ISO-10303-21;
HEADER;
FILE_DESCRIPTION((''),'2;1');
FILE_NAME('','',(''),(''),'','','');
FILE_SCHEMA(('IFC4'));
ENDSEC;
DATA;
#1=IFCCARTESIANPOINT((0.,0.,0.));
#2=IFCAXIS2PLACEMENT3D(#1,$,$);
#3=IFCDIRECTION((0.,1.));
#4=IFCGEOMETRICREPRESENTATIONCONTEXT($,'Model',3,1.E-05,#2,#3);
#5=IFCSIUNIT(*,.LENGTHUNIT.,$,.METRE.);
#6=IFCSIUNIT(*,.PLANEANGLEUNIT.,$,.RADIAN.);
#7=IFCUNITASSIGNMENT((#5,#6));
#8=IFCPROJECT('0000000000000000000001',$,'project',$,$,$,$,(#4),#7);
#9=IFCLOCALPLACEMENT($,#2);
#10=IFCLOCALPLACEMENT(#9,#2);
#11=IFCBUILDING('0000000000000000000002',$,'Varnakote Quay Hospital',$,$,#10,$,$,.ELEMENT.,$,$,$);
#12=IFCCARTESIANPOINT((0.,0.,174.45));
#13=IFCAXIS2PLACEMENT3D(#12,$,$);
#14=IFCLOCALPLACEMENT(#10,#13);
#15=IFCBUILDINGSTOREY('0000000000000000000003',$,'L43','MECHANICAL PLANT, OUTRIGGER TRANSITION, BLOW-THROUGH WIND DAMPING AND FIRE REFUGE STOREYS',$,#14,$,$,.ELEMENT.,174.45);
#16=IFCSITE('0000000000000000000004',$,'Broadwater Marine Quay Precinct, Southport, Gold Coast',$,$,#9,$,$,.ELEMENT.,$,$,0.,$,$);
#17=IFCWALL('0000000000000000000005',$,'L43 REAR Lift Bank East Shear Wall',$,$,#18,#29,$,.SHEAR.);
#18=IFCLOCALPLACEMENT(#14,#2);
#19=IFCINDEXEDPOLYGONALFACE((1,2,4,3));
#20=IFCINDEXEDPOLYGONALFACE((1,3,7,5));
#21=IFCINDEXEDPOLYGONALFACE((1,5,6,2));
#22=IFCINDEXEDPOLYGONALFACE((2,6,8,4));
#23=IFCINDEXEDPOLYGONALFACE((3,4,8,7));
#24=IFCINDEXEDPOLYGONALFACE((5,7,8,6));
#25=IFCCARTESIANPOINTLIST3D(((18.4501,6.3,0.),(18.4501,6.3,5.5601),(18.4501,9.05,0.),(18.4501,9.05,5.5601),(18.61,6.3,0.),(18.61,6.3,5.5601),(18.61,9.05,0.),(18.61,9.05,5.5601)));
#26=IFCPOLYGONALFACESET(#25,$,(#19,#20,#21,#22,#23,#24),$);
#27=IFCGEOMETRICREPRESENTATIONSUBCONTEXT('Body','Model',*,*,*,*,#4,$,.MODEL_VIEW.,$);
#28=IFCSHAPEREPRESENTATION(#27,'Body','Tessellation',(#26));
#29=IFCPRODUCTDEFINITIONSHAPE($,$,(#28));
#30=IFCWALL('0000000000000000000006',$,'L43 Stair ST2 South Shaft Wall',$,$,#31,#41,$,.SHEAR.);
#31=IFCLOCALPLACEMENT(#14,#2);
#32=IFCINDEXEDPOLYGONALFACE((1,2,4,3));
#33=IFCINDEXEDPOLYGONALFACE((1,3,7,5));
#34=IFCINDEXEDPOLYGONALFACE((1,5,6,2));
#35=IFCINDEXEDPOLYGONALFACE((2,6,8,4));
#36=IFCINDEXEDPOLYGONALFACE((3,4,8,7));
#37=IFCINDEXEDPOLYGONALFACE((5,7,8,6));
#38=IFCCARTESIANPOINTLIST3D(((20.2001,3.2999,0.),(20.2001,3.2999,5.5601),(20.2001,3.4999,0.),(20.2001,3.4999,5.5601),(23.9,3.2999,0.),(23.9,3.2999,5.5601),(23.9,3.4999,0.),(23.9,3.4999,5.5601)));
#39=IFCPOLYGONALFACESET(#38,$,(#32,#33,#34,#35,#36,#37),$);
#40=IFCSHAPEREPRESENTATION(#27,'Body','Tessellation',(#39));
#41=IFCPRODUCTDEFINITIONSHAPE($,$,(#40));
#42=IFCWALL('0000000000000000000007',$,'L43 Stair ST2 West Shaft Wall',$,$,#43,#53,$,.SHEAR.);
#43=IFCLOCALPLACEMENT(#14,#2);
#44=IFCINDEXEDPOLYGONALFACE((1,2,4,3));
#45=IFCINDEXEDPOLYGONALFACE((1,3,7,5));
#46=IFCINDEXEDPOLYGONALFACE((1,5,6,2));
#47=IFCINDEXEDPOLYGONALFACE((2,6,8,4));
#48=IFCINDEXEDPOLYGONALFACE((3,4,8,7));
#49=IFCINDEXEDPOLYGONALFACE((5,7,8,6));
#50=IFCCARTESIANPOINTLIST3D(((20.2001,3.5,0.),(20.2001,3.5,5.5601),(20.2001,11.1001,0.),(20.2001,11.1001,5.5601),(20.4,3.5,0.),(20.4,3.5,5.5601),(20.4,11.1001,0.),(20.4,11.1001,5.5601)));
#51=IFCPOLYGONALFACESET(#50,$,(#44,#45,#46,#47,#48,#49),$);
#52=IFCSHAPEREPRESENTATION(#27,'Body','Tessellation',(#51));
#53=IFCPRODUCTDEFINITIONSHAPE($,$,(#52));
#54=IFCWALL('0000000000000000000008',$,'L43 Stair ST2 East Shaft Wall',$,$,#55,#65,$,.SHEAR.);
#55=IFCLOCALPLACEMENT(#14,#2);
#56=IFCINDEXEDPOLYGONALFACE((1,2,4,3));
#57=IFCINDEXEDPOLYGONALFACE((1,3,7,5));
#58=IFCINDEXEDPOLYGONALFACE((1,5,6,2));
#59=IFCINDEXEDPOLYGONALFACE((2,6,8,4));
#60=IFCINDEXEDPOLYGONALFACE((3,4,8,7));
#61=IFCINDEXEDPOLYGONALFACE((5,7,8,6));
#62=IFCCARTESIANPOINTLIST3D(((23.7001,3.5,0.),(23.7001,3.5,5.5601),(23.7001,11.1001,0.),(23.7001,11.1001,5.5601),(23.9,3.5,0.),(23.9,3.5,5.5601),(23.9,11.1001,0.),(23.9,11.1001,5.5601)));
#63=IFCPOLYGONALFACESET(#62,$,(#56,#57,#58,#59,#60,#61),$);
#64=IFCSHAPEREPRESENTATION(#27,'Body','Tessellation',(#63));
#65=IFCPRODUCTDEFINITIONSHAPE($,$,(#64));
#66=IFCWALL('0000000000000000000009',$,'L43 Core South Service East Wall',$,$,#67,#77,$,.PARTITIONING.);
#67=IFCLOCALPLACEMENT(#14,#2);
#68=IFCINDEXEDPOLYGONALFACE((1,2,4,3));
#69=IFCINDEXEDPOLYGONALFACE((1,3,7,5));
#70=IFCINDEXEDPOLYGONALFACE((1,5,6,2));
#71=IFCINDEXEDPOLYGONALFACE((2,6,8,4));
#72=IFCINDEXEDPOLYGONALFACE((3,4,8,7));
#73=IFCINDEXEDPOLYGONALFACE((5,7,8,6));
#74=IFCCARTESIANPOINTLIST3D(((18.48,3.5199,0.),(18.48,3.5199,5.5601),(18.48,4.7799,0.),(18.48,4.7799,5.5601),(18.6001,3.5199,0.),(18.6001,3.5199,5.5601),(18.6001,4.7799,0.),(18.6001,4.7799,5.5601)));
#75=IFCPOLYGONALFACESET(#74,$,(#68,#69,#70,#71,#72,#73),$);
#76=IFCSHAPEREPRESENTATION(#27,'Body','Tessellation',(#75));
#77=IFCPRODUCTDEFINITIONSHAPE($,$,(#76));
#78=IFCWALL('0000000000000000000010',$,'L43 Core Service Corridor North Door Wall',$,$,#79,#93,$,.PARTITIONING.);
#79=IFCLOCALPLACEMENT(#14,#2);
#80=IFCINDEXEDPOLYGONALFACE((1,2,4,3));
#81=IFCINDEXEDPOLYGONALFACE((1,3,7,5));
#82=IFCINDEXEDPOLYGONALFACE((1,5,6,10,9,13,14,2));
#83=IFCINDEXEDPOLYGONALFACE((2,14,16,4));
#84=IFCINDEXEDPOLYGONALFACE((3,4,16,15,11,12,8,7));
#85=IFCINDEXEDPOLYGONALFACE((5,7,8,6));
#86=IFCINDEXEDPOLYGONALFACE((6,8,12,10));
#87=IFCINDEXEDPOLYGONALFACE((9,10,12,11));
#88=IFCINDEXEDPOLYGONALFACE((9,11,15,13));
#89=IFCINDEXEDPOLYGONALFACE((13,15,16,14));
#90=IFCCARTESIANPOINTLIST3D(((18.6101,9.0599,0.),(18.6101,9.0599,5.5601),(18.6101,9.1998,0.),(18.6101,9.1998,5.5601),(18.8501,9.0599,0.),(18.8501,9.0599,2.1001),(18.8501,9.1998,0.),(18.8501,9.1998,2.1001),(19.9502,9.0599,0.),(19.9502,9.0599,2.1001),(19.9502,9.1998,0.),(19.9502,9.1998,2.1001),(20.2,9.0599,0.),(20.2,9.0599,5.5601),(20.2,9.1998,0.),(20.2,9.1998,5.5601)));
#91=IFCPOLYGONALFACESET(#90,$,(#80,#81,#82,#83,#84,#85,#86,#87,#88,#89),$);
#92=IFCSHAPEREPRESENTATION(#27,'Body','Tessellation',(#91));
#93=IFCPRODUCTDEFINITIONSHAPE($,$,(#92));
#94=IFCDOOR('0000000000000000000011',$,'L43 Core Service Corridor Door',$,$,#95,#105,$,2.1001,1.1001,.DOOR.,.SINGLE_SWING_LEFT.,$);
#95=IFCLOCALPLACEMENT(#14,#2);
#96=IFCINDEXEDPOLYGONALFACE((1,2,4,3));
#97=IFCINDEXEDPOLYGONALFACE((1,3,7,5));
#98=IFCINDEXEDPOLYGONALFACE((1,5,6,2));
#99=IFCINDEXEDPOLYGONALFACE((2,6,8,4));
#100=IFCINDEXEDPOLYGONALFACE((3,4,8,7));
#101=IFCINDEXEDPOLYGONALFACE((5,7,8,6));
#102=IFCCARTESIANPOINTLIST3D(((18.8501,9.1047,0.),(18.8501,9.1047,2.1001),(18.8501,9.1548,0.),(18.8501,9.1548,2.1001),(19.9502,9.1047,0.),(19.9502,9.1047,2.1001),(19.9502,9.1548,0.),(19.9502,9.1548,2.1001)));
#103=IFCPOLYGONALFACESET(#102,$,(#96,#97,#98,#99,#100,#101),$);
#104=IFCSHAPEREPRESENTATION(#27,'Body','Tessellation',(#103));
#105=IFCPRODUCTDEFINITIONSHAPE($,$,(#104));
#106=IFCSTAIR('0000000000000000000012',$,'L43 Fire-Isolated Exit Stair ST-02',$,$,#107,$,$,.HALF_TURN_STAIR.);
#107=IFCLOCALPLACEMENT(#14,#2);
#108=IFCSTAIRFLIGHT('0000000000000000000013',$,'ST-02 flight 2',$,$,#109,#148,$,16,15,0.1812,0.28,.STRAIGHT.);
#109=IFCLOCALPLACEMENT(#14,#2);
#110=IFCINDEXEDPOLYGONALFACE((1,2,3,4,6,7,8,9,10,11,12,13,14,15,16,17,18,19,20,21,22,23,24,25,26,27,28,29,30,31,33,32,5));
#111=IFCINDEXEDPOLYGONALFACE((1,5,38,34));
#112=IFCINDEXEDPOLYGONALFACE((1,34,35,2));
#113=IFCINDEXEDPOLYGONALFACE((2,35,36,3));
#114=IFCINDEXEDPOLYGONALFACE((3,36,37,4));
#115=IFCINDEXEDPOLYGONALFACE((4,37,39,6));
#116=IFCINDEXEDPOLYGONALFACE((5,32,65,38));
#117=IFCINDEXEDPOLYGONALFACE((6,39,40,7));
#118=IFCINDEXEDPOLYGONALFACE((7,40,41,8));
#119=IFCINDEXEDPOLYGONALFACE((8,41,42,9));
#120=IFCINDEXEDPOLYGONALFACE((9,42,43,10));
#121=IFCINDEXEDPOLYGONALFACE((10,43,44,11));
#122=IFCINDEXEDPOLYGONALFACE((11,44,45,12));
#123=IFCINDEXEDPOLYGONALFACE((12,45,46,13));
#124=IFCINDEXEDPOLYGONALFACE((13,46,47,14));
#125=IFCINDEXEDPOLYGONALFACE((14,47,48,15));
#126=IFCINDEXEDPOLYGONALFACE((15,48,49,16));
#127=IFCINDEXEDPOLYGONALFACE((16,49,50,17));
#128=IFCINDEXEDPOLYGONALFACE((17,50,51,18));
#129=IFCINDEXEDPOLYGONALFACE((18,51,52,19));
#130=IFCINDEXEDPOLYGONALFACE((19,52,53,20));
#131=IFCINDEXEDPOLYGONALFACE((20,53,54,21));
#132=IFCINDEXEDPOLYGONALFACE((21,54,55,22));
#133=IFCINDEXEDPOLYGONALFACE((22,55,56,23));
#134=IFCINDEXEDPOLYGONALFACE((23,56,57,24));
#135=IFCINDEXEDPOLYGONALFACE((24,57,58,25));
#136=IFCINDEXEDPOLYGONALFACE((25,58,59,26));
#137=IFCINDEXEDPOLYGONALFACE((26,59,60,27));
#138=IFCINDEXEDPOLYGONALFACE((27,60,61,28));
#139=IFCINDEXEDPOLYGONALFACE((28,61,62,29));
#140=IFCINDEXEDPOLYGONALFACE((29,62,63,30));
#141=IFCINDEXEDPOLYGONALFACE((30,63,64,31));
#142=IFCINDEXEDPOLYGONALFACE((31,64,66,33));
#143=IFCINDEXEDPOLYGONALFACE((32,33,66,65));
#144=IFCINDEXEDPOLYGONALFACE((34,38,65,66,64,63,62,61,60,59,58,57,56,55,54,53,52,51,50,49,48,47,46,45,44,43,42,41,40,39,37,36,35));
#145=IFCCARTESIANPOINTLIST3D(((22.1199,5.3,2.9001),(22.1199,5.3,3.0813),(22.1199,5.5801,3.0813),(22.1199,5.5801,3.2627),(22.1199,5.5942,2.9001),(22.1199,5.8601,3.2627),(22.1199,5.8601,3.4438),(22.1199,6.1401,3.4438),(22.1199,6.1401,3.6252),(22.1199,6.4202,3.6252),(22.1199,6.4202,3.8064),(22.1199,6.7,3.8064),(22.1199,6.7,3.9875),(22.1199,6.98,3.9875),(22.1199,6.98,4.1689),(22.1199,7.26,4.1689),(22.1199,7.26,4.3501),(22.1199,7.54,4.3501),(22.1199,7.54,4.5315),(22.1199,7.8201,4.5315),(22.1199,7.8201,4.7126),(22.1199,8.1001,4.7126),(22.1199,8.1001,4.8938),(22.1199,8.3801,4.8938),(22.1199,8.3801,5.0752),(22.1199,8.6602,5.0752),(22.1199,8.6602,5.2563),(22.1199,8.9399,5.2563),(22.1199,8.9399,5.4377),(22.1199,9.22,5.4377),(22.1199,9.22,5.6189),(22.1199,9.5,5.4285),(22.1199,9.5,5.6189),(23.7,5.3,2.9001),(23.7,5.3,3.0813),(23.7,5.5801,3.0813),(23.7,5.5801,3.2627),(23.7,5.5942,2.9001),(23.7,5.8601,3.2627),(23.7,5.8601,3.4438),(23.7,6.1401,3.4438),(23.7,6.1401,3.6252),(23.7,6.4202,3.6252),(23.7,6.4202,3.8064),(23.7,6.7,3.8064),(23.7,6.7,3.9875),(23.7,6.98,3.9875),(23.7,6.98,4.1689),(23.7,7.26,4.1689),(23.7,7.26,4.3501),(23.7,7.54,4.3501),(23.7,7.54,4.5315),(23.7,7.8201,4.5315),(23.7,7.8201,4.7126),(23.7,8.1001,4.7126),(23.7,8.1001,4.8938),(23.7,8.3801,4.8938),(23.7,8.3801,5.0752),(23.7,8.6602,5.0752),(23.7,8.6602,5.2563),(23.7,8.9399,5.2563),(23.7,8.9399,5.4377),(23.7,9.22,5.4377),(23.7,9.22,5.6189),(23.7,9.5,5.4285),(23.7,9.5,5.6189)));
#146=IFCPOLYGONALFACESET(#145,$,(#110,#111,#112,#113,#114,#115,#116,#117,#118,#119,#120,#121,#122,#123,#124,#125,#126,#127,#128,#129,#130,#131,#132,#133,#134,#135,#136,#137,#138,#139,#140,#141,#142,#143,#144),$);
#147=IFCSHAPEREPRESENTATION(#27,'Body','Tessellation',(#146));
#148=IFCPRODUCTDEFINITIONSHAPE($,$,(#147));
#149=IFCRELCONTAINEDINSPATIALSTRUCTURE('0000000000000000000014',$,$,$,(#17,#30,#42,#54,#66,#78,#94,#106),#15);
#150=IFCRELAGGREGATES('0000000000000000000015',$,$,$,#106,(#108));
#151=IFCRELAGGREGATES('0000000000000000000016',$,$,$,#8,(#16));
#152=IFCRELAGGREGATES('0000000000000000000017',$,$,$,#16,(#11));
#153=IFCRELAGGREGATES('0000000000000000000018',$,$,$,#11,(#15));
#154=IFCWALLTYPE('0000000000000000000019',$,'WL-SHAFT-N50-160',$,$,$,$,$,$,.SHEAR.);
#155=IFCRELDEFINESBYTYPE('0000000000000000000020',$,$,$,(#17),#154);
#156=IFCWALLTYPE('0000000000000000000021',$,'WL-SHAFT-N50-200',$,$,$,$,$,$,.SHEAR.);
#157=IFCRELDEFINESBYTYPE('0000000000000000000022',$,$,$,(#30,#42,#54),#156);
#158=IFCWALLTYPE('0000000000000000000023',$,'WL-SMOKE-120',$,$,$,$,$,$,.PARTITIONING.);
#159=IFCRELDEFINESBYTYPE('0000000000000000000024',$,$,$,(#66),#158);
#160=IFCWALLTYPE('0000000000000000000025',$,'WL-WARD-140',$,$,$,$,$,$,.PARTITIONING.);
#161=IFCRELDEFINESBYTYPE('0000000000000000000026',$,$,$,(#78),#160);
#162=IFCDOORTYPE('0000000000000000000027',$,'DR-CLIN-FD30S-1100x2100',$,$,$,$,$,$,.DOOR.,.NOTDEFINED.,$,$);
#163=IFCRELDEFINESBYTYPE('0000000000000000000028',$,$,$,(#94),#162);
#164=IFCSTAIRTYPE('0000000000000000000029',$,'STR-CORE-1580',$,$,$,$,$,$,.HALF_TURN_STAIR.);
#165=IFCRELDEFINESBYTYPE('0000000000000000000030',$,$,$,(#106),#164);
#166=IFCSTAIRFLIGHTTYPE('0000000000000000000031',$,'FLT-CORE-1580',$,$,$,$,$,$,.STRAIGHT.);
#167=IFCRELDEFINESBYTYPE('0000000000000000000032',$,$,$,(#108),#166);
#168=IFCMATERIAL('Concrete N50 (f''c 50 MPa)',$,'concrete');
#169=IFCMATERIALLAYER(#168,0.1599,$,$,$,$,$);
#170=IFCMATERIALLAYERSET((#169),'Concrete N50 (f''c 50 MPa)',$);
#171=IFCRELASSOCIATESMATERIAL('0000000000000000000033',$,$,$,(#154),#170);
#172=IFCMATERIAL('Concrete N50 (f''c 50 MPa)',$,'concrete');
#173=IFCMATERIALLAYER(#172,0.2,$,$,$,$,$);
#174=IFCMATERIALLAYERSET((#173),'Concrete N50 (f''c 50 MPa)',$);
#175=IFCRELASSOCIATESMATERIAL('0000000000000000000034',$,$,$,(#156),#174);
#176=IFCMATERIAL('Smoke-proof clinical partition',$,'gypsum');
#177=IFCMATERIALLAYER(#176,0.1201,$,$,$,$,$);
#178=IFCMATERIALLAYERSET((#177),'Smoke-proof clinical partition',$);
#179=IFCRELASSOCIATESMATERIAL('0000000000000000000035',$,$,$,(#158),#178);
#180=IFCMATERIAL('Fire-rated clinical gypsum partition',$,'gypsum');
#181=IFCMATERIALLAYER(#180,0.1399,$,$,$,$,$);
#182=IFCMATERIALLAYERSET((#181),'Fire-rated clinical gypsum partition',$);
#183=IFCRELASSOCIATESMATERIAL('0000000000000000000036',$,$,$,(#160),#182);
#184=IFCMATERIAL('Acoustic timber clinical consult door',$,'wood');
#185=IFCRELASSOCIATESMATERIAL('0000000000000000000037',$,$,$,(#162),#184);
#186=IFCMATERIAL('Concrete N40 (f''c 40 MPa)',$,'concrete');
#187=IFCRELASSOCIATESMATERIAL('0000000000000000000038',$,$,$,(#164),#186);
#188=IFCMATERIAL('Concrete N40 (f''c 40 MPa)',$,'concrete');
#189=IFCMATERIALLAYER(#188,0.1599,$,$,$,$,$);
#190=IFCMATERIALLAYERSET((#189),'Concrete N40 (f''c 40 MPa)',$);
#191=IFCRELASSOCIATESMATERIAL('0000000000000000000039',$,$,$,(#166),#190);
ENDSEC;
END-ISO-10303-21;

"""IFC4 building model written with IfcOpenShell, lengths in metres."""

from ifc_helpers import new_model, si_unit, direction, frame, frame_2d, origin, place, context, subcontext, project, spatial, polyline, rectangle, outline, extrude, material, layer, layer_set, type_object, element, fill, aggregate, save


model = new_model("IFC4")

# Units and contexts
model_context = context("Model", 3, precision=1e-05, world=origin(), true_north=direction((0.0, 1.0)))
body_context = subcontext(model_context, "Body", "Model", "MODEL_VIEW")
ifc_project = project(units=[si_unit("LENGTHUNIT", "METRE"), si_unit("PLANEANGLEUNIT", "RADIAN")], contexts=[model_context])

# Site, building, storey
site_placement = place(None, origin())
site = spatial("IfcSite", under=ifc_project, at=site_placement, Name="Broadwater Marine Quay Precinct, Southport, Gold Coast", CompositionType="ELEMENT", RefElevation=0.0)
building_placement = place(site_placement, origin())
building = spatial("IfcBuilding", under=site, at=building_placement, Name="Varnakote Quay Hospital", CompositionType="ELEMENT")
storey_placement = place(building_placement, frame((0.0, 0.0, 174.45)))
storey = spatial("IfcBuildingStorey", under=building, at=storey_placement, Name="L43", Description="MECHANICAL PLANT, OUTRIGGER TRANSITION, BLOW-THROUGH WIND DAMPING AND FIRE REFUGE STOREYS", CompositionType="ELEMENT", Elevation=174.45)

# Walls
ifc_material_1 = material(Name="Concrete N50 (f'c 50 MPa)", Category="concrete")
ifc_layer_1 = layer(ifc_material_1, 0.1599)
ifc_layer_set_1 = layer_set([ifc_layer_1], Name="Concrete N50 (f'c 50 MPa)")
wall_type_1 = type_object("IfcWallType", Name="WL-SHAFT-N50-160", PredefinedType="SHEAR", material=ifc_layer_set_1)
wall_1_placement = place(storey_placement, frame((18.53, 6.3, 0.0), z_axis=(0.0, 0.0, 1.0), x_axis=(0.0, 1.0, 0.0)))
element("IfcWall", 1, at=wall_1_placement, inside=storey, type_object=wall_type_1, Name="L43 REAR Lift Bank East Shear Wall", PredefinedType="SHEAR", context=body_context, shape_type="SweptSolid", body=[
    extrude(rectangle(XDim=2.75, YDim=0.1599, at=frame_2d((1.375, 0.0))), origin(), (0.0, 0.0, 1.0), 5.5601),
])
ifc_material_2 = material(Name="Concrete N50 (f'c 50 MPa)", Category="concrete")
ifc_layer_2 = layer(ifc_material_2, 0.2)
ifc_layer_set_2 = layer_set([ifc_layer_2], Name="Concrete N50 (f'c 50 MPa)")
wall_type_2 = type_object("IfcWallType", Name="WL-SHAFT-N50-200", PredefinedType="SHEAR", material=ifc_layer_set_2)
wall_2_placement = place(storey_placement, frame((20.2, 3.3999, 0.0), z_axis=(0.0, 0.0, 1.0), x_axis=(1.0, 0.0, 0.0)))
element("IfcWall", 2, at=wall_2_placement, inside=storey, type_object=wall_type_2, Name="L43 Stair ST2 South Shaft Wall", PredefinedType="SHEAR", context=body_context, shape_type="SweptSolid", body=[
    extrude(rectangle(XDim=3.7, YDim=0.2, at=frame_2d((1.8501, 0.0))), origin(), (0.0, 0.0, 1.0), 5.5601),
])
for number, where, z_axis, x_axis, name in (
    (3, (20.3, 3.5, 0.0), (0.0, 0.0, 1.0), (0.0, 1.0, 0.0), "L43 Stair ST2 West Shaft Wall"),
    (4, (23.8, 3.5, 0.0), (0.0, 0.0, 1.0), (0.0, 1.0, 0.0), "L43 Stair ST2 East Shaft Wall"),
):
    element("IfcWall", number, at=place(storey_placement, frame(where, z_axis=z_axis, x_axis=x_axis)), inside=storey, type_object=wall_type_2, Name=name, PredefinedType="SHEAR", context=body_context, shape_type="SweptSolid", body=[
        extrude(rectangle(XDim=7.6001, YDim=0.2, at=frame_2d((3.8, 0.0))), origin(), (0.0, 0.0, 1.0), 5.5601),
    ])
ifc_material_3 = material(Name="Smoke-proof clinical partition", Category="gypsum")
ifc_layer_3 = layer(ifc_material_3, 0.1201)
ifc_layer_set_3 = layer_set([ifc_layer_3], Name="Smoke-proof clinical partition")
wall_type_3 = type_object("IfcWallType", Name="WL-SMOKE-120", PredefinedType="PARTITIONING", material=ifc_layer_set_3)
wall_3_placement = place(storey_placement, frame((18.54, 3.52, 0.0), z_axis=(0.0, 0.0, 1.0), x_axis=(0.0, 1.0, 0.0)))
element("IfcWall", 5, at=wall_3_placement, inside=storey, type_object=wall_type_3, Name="L43 Core South Service East Wall", PredefinedType="PARTITIONING", context=body_context, shape_type="SweptSolid", body=[
    extrude(rectangle(XDim=1.26, YDim=0.1201, at=frame_2d((0.6299, 0.0))), origin(), (0.0, 0.0, 1.0), 5.5601),
])

# Wall, opening, door
ifc_material_4 = material(Name="Fire-rated clinical gypsum partition", Category="gypsum")
ifc_layer_4 = layer(ifc_material_4, 0.1399)
ifc_layer_set_4 = layer_set([ifc_layer_4], Name="Fire-rated clinical gypsum partition")
wall_type_4 = type_object("IfcWallType", Name="WL-WARD-140", PredefinedType="PARTITIONING", material=ifc_layer_set_4)
wall_4_placement = place(storey_placement, frame((18.6101, 9.1299, 0.0), z_axis=(0.0, 0.0, 1.0), x_axis=(1.0, 0.0, 0.0)))
wall_4 = element("IfcWall", 6, at=wall_4_placement, inside=storey, type_object=wall_type_4, Name="L43 Core Service Corridor North Door Wall", PredefinedType="PARTITIONING", context=body_context, shape_type="SweptSolid", body=[
    extrude(rectangle(XDim=1.5898, YDim=0.1399, at=frame_2d((0.7949, 0.0))), origin(), (0.0, 0.0, 1.0), 5.5601),
])
opening_placement = place(wall_4_placement, frame((0.24, 0.0, 0.0)))
opening = element("IfcOpeningElement", 7, at=opening_placement, cuts=wall_4, PredefinedType="OPENING", context=body_context, shape_type="SweptSolid", body=[
    extrude(rectangle(XDim=1.1001, YDim=2.1001, at=frame_2d((0.55, 1.05))), frame((0.0, 0.0798, 0.0), z_axis=(0.0, -1.0, 0.0), x_axis=(1.0, 0.0, 0.0)), (0.0, 0.0, 1.0), 0.1599),
])
ifc_material_5 = material(Name="Acoustic timber clinical consult door", Category="wood")
door_type = type_object("IfcDoorType", Name="DR-CLIN-FD30S-1100x2100", OperationType="NOTDEFINED", PredefinedType="DOOR", material=ifc_material_5)
door_placement = place(opening_placement, origin())
door = element("IfcDoor", 8, at=door_placement, inside=storey, type_object=door_type, Name="L43 Core Service Corridor Door", OperationType="SINGLE_SWING_LEFT", OverallHeight=2.1001, OverallWidth=1.1001, PredefinedType="DOOR", context=body_context, shape_type="SweptSolid", body=[
    extrude(rectangle(XDim=1.1001, YDim=2.1001, at=frame_2d((0.55, 1.05))), frame((0.0, 0.0249, 0.0), z_axis=(0.0, -1.0, 0.0), x_axis=(1.0, 0.0, 0.0)), (0.0, 0.0, 1.0), 0.05),
])
fill(opening, door)

# Stair, stair flight
ifc_material_6 = material(Name="Concrete N40 (f'c 40 MPa)", Category="concrete")
stair_type = type_object("IfcStairType", Name="STR-CORE-1580", PredefinedType="HALF_TURN_STAIR", material=ifc_material_6)
stair_placement = place(storey_placement, origin())
stair = element("IfcStair", 9, at=stair_placement, inside=storey, type_object=stair_type, Name="L43 Fire-Isolated Exit Stair ST-02", PredefinedType="HALF_TURN_STAIR")
ifc_material_7 = material(Name="Concrete N40 (f'c 40 MPa)", Category="concrete")
ifc_layer_5 = layer(ifc_material_7, 0.1599)
ifc_layer_set_5 = layer_set([ifc_layer_5], Name="Concrete N40 (f'c 40 MPa)")
stair_flight_type = type_object("IfcStairFlightType", Name="FLT-CORE-1580", PredefinedType="STRAIGHT", material=ifc_layer_set_5)
stair_flight_placement = place(storey_placement, frame((22.9099, 5.3, 2.9001), z_axis=(0.0, 0.0, 1.0), x_axis=(0.0, 1.0, 0.0)))
stair_flight = element("IfcStairFlight", 10, at=stair_flight_placement, type_object=stair_flight_type, Name="ST-02 flight 2", NumberOfRisers=16, NumberOfTreads=15, PredefinedType="STRAIGHT", RiserHeight=0.1812, TreadLength=0.28, context=body_context, shape_type="SweptSolid", body=[
    extrude(outline(polyline([(0.0, 0.0), (0.0, 0.1812), (0.28, 0.1812), (0.28, 0.3625), (0.5601, 0.3625), (0.5601, 0.5437), (0.8401, 0.5437), (0.8401, 0.7251), (1.1201, 0.7251), (1.1201, 0.9062), (1.3999, 0.9062), (1.3999, 1.0874), (1.6799, 1.0874), (1.6799, 1.2688), (1.96, 1.2688), (1.96, 1.45), (2.24, 1.45), (2.24, 1.6313), (2.52, 1.6313), (2.52, 1.8125), (2.8, 1.8125), (2.8, 1.9937), (3.0801, 1.9937), (3.0801, 2.175), (3.3601, 2.175), (3.3601, 2.3562), (3.6399, 2.3562), (3.6399, 2.5376), (3.9199, 2.5376), (3.9199, 2.7188), (4.2, 2.7188), (4.2, 2.8999), (4.2, 2.5283), (0.2942, 0.0), (0.0, 0.0)])), frame((0.0, 0.79, 0.0), z_axis=(0.0, -1.0, 0.0), x_axis=(1.0, 0.0, 0.0)), (0.0, 0.0, 1.0), 1.5801),
])
aggregate(stair, [stair_flight])

save(model, "model.ifc")
